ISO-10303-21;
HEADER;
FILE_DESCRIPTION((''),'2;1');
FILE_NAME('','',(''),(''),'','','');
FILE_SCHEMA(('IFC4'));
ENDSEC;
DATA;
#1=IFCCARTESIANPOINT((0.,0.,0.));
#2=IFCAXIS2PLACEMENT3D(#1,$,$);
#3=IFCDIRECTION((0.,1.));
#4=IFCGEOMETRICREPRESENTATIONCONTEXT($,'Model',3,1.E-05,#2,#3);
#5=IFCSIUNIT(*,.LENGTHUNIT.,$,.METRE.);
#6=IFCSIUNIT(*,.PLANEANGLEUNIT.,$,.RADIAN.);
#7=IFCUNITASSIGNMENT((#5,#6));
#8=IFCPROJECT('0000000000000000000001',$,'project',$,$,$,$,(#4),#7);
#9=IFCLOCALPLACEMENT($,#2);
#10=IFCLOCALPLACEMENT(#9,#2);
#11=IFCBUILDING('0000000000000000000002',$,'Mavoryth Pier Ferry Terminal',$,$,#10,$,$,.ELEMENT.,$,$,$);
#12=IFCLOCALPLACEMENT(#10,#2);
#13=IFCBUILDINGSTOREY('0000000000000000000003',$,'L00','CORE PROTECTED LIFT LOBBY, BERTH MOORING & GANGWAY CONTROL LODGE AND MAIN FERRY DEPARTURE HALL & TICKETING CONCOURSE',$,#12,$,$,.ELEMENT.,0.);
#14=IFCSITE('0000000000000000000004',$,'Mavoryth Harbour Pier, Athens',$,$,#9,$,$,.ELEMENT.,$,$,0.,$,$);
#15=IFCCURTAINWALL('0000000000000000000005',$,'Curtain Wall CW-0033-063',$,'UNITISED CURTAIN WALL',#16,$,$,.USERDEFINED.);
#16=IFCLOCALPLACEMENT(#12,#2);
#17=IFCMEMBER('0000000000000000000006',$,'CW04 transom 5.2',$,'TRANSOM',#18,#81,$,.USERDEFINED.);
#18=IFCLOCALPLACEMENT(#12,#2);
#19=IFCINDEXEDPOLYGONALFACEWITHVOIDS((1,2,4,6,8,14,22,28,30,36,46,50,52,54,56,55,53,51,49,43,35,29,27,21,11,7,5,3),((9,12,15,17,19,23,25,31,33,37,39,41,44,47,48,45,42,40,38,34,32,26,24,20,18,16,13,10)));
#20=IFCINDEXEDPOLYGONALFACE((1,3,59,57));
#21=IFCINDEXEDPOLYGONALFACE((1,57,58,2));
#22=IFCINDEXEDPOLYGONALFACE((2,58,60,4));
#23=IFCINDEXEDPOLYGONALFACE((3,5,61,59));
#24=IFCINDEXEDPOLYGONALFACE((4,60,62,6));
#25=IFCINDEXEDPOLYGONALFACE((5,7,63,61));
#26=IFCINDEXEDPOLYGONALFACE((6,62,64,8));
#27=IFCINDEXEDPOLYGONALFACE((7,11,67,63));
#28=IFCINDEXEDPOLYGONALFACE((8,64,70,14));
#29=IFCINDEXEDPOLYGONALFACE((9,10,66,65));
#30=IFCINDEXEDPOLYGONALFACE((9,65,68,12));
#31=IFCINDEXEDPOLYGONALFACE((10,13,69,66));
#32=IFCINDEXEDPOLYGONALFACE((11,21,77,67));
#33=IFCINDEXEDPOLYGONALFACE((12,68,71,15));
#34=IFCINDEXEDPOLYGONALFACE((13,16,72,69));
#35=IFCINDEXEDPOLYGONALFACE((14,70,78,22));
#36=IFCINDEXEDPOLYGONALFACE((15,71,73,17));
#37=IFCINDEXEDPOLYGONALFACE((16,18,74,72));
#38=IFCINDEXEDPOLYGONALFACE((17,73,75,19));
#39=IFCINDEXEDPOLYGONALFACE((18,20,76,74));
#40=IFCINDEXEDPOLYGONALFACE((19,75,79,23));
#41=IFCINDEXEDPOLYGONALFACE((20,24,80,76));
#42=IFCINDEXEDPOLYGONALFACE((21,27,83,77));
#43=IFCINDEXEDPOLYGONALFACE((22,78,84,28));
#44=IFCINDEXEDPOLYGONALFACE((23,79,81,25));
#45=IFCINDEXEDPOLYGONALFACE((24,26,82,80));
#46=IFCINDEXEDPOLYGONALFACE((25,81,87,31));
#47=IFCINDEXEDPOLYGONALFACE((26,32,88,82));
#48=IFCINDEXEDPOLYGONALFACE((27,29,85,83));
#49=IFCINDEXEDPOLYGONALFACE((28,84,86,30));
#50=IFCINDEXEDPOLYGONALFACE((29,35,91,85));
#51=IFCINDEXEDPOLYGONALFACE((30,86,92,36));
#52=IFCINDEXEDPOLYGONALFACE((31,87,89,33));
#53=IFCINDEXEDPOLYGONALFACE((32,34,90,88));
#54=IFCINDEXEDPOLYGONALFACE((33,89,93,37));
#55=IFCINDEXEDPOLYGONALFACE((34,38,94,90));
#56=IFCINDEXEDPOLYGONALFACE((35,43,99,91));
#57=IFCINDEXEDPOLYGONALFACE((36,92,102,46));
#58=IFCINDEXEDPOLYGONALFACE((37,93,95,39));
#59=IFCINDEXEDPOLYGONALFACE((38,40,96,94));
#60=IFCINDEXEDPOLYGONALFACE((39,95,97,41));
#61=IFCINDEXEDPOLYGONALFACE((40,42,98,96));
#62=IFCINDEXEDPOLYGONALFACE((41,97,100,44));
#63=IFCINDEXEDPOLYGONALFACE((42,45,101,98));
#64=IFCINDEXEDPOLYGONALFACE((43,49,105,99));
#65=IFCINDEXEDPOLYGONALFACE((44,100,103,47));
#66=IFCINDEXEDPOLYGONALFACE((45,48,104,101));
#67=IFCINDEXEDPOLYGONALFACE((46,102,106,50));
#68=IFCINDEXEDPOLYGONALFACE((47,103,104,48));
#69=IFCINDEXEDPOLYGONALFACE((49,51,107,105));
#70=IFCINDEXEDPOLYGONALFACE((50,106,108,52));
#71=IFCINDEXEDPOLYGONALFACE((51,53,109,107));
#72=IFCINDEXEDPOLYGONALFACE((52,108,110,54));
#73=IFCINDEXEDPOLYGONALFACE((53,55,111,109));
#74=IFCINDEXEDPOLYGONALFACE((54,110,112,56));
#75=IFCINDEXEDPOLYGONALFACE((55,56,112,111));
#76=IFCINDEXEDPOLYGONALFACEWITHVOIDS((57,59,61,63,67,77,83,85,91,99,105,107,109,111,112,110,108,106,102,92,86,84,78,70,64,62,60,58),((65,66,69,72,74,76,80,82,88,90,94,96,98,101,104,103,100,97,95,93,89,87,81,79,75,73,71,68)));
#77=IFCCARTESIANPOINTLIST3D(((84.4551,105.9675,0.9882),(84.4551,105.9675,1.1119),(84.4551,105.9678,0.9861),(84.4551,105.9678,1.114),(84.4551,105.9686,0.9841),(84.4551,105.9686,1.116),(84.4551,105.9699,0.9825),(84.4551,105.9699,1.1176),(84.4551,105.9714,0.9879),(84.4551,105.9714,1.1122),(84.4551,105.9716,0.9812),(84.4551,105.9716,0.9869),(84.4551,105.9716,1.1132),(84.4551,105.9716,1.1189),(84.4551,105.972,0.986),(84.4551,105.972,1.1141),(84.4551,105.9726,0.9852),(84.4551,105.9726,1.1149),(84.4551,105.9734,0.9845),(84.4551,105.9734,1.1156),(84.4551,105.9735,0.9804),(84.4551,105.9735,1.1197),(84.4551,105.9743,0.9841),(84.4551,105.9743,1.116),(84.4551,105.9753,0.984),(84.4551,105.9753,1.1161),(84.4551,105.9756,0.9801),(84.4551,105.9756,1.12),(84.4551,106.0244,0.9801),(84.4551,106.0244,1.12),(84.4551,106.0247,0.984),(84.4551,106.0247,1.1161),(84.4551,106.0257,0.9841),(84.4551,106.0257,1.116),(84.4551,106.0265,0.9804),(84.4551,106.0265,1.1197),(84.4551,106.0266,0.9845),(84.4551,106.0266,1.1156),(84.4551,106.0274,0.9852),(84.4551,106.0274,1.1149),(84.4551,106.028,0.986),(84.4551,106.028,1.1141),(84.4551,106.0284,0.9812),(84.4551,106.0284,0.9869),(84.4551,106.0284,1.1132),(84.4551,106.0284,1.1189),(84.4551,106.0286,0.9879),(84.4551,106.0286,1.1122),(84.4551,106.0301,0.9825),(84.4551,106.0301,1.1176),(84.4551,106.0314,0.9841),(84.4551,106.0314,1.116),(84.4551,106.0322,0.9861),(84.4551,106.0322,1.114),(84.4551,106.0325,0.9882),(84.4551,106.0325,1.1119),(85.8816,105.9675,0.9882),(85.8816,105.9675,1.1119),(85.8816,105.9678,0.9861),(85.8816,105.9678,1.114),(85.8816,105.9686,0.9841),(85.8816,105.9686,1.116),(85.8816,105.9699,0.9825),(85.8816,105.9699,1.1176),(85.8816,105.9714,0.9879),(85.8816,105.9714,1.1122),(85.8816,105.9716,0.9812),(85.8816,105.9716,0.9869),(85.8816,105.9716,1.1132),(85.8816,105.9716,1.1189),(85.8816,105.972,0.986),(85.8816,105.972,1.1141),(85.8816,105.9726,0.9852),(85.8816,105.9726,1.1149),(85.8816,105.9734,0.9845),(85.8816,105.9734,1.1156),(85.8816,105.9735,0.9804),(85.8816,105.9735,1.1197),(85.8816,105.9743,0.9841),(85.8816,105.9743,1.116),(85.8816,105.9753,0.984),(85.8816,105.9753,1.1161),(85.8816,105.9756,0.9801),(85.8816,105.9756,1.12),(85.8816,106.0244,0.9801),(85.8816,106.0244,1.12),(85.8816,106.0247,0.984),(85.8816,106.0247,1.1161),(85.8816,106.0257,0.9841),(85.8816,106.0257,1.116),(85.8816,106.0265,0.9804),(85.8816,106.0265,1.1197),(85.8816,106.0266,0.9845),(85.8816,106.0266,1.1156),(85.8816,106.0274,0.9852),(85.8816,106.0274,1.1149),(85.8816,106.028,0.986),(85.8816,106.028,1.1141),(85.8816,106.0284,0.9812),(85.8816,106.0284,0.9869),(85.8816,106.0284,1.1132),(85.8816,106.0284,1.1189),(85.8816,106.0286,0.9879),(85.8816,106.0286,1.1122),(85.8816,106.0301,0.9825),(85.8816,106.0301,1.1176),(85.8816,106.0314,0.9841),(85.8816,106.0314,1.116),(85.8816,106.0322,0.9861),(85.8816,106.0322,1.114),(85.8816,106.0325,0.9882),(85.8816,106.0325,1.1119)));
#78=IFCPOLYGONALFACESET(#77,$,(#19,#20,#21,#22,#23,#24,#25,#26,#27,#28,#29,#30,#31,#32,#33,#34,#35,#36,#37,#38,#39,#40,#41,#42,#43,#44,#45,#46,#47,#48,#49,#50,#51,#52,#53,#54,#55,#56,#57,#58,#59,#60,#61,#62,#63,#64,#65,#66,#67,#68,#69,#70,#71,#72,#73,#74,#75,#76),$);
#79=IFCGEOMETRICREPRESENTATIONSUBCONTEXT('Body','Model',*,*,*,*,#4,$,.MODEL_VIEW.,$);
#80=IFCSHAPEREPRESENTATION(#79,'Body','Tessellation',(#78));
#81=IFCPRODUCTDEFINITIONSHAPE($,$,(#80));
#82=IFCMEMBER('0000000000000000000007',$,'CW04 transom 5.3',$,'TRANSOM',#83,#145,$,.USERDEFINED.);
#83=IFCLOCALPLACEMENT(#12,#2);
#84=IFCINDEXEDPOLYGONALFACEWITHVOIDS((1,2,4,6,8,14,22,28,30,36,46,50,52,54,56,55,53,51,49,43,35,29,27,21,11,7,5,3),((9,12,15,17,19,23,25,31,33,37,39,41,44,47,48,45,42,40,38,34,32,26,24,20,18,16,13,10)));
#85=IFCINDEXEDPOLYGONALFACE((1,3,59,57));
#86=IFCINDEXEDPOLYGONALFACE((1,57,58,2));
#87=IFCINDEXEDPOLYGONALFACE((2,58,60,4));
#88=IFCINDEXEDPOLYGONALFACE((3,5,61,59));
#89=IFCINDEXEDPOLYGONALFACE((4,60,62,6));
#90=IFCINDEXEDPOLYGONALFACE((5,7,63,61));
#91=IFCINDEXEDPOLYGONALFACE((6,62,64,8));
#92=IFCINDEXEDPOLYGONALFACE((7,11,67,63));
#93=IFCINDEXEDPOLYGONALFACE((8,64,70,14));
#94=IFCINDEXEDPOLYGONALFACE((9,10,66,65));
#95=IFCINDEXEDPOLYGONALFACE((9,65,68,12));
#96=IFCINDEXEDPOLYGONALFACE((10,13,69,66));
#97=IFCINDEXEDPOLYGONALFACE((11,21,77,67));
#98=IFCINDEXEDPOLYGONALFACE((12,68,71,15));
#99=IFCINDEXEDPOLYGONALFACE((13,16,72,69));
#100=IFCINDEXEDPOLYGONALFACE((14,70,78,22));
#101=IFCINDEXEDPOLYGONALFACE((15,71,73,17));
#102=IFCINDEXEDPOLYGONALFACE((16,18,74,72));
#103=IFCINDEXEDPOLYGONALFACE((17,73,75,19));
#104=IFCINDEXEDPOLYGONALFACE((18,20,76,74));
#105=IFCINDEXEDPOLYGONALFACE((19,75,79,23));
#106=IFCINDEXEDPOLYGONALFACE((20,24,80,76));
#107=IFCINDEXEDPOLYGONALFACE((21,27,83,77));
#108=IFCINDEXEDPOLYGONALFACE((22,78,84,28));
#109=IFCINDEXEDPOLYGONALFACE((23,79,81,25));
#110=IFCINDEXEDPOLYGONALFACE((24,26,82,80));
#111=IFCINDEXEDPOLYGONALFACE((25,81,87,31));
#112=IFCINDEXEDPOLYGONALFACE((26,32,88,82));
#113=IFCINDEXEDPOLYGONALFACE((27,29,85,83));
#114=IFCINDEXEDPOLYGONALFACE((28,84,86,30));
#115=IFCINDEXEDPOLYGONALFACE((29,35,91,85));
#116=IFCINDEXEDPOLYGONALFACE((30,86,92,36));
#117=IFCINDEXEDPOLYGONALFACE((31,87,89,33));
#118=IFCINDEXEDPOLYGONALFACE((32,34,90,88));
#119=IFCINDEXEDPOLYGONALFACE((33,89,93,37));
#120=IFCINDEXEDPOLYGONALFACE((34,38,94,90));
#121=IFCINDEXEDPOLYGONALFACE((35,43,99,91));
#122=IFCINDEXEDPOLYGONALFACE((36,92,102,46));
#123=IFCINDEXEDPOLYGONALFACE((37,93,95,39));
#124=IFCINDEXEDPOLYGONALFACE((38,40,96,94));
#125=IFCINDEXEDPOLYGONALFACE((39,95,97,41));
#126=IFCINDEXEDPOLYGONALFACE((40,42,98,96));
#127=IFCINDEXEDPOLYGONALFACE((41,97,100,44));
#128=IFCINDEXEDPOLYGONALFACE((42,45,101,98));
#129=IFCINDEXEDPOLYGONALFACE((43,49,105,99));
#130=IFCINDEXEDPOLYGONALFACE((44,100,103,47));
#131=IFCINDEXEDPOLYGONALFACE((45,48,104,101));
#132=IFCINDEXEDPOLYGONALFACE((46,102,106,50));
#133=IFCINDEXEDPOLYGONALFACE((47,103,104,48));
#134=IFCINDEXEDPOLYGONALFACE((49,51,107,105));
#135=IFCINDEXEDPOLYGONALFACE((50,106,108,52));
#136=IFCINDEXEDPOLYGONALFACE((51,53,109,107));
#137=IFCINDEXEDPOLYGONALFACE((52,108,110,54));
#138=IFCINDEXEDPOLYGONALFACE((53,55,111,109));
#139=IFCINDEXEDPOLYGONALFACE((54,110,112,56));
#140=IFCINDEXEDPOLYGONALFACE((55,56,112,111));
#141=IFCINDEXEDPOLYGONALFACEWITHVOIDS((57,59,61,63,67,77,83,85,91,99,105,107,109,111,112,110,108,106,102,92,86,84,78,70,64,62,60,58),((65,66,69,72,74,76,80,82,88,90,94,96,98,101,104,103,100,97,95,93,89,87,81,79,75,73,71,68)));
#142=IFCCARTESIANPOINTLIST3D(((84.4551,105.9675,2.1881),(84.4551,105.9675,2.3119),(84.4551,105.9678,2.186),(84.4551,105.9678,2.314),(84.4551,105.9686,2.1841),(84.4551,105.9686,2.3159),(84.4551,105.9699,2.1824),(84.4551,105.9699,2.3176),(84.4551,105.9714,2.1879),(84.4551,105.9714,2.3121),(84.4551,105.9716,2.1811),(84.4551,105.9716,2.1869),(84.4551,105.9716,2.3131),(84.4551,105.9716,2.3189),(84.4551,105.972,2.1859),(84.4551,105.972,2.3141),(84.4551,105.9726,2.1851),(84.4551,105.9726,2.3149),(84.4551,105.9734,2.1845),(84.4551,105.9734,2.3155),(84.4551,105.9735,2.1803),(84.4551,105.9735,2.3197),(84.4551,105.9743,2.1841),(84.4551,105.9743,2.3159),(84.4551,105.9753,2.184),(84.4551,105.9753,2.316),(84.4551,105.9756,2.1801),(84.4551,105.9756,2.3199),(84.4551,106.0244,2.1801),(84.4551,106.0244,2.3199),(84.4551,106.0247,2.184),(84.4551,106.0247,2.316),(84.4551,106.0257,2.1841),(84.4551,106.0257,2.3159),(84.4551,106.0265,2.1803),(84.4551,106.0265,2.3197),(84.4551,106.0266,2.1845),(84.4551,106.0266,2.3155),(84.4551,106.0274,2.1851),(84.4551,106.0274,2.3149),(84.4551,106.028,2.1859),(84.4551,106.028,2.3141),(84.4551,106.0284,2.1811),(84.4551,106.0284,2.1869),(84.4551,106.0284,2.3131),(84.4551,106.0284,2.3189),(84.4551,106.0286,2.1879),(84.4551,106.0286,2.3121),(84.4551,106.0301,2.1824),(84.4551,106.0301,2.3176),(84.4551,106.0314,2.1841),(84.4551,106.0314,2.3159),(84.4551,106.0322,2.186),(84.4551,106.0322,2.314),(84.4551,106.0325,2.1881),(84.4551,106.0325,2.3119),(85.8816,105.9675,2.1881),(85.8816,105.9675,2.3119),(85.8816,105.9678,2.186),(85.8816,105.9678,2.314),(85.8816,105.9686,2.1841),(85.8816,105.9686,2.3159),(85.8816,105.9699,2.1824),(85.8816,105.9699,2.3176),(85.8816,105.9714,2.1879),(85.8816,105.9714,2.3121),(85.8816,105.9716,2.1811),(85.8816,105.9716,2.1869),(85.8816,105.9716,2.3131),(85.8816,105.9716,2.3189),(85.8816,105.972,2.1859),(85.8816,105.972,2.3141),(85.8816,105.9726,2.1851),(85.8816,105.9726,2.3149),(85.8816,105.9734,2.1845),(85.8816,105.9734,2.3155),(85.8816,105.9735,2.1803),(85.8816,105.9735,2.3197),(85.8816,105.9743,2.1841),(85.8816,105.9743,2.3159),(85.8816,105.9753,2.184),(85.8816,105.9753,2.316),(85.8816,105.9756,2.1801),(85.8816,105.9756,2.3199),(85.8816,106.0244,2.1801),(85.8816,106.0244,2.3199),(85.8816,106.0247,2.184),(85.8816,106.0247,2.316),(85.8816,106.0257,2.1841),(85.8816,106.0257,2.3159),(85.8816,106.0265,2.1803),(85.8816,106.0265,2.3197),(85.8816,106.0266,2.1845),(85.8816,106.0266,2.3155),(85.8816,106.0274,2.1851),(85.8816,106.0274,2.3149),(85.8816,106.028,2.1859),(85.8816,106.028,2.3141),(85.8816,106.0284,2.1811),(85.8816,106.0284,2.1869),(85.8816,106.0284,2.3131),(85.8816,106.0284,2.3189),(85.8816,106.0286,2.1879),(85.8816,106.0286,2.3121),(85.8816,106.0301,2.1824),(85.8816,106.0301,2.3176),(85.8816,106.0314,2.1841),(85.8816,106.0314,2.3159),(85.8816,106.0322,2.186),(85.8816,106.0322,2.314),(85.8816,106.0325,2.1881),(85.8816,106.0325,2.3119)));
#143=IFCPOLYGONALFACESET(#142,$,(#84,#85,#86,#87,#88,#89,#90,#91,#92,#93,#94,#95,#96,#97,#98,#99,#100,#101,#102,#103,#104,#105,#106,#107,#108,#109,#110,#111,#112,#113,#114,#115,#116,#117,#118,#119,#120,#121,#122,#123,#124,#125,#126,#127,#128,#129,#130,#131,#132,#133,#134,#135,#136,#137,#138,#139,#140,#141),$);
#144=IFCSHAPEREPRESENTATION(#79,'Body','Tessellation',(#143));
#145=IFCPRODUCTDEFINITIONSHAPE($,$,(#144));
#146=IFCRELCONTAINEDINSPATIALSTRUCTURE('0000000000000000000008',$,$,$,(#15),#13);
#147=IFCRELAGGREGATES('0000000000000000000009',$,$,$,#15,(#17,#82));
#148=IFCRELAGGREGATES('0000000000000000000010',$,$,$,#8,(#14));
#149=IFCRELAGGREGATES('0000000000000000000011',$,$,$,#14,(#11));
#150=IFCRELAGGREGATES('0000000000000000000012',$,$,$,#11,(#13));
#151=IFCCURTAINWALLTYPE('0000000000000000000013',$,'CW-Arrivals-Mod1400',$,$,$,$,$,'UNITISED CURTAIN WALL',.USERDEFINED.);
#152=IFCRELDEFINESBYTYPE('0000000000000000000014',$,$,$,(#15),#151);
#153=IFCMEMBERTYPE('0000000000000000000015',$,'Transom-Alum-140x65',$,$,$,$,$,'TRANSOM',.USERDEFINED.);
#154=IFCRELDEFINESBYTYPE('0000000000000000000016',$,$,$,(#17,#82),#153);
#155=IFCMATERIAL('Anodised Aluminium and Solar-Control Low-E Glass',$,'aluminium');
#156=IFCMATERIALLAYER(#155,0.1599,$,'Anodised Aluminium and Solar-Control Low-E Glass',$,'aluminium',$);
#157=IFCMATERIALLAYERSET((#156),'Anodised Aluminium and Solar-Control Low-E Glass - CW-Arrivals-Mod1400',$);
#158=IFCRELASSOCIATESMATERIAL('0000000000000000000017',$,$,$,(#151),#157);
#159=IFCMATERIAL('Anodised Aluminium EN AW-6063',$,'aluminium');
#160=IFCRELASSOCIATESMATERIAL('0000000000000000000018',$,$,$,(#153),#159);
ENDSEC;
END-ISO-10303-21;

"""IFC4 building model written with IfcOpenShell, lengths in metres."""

from ifc_helpers import new_model, si_unit, direction, frame, origin, origin_2d, place, context, subcontext, project, spatial, hollow_rectangle, extrude, material, layer, layer_set, material_profile, profile_set, type_object, element, aggregate, save


model = new_model("IFC4")

# Units and contexts
model_context = context("Model", 3, precision=1e-05, world=origin(), true_north=direction((0.0, 1.0)))
body_context = subcontext(model_context, "Body", "Model", "MODEL_VIEW")
ifc_project = project(units=[si_unit("LENGTHUNIT", "METRE"), si_unit("PLANEANGLEUNIT", "RADIAN")], contexts=[model_context])

# Site, building, storey
site_placement = place(None, origin())
site = spatial("IfcSite", under=ifc_project, at=site_placement, Name="Mavoryth Harbour Pier, Athens", CompositionType="ELEMENT", RefElevation=0.0)
building_placement = place(site_placement, origin())
building = spatial("IfcBuilding", under=site, at=building_placement, Name="Mavoryth Pier Ferry Terminal", CompositionType="ELEMENT")
storey_placement = place(building_placement, origin())
storey = spatial("IfcBuildingStorey", under=building, at=storey_placement, Name="L00", Description="CORE PROTECTED LIFT LOBBY, BERTH MOORING & GANGWAY CONTROL LODGE AND MAIN FERRY DEPARTURE HALL & TICKETING CONCOURSE", CompositionType="ELEMENT", Elevation=0.0)

# Curtain wall, members
ifc_material_1 = material(Name="Anodised Aluminium and Solar-Control Low-E Glass", Category="aluminium")
ifc_layer_1 = layer(ifc_material_1, 0.1599, Name="Anodised Aluminium and Solar-Control Low-E Glass", Category="aluminium")
ifc_layer_set_1 = layer_set([ifc_layer_1], Name="Anodised Aluminium and Solar-Control Low-E Glass - CW-Arrivals-Mod1400")
curtain_wall_type = type_object("IfcCurtainWallType", Name="CW-Arrivals-Mod1400", ElementType="UNITISED CURTAIN WALL", PredefinedType="USERDEFINED", material=ifc_layer_set_1)
curtain_wall_placement = place(storey_placement, origin())
curtain_wall = element("IfcCurtainWall", 1, at=curtain_wall_placement, inside=storey, type_object=curtain_wall_type, Name="Curtain Wall CW-0033-063", ObjectType="UNITISED CURTAIN WALL", PredefinedType="USERDEFINED")
ifc_material_2 = material(Name="Anodised Aluminium EN AW-6063", Category="aluminium")
ifc_material_profile_1 = material_profile(ifc_material_2, hollow_rectangle(XDim=0.0649, YDim=0.1399, WallThickness=0.0039, InnerFilletRadius=0.0039, OuterFilletRadius=0.0081, at=origin_2d()), Name="AL-TRAN 140x65x4", Category="aluminium")
ifc_profile_set_1 = profile_set([ifc_material_profile_1], Name="Anodised Aluminium EN AW-6063 - AL-TRAN 140x65x4")
member_type_1 = type_object("IfcMemberType", Name="Transom-Alum-140x65", ElementType="TRANSOM", PredefinedType="USERDEFINED", material=ifc_profile_set_1)
member_1_placement = place(storey_placement, frame((85.8816, 106.0, 1.05), z_axis=(-1.0, 0.0, 0.0), x_axis=(0.0, -1.0, 0.0)))
member_1 = element("IfcMember", 2, at=member_1_placement, type_object=member_type_1, Name="CW04 transom 5.2", ObjectType="TRANSOM", PredefinedType="USERDEFINED", context=body_context, shape_type="SweptSolid", body=[
    extrude(hollow_rectangle(XDim=0.0649, YDim=0.1399, WallThickness=0.0039, InnerFilletRadius=0.0039, OuterFilletRadius=0.0081, at=origin_2d()), origin(), (0.0, 0.0, 1.0), 1.4265),
])
member_2_placement = place(storey_placement, frame((85.8816, 106.0, 2.25), z_axis=(-1.0, 0.0, 0.0), x_axis=(0.0, -1.0, 0.0)))
member_2 = element("IfcMember", 3, at=member_2_placement, type_object=member_type_1, Name="CW04 transom 5.3", ObjectType="TRANSOM", PredefinedType="USERDEFINED", context=body_context, shape_type="SweptSolid", body=[
    extrude(hollow_rectangle(XDim=0.0649, YDim=0.1399, WallThickness=0.0039, InnerFilletRadius=0.0039, OuterFilletRadius=0.0081, at=origin_2d()), origin(), (0.0, 0.0, 1.0), 1.4265),
])
aggregate(curtain_wall, [member_1, member_2])

save(model, "model.ifc")
